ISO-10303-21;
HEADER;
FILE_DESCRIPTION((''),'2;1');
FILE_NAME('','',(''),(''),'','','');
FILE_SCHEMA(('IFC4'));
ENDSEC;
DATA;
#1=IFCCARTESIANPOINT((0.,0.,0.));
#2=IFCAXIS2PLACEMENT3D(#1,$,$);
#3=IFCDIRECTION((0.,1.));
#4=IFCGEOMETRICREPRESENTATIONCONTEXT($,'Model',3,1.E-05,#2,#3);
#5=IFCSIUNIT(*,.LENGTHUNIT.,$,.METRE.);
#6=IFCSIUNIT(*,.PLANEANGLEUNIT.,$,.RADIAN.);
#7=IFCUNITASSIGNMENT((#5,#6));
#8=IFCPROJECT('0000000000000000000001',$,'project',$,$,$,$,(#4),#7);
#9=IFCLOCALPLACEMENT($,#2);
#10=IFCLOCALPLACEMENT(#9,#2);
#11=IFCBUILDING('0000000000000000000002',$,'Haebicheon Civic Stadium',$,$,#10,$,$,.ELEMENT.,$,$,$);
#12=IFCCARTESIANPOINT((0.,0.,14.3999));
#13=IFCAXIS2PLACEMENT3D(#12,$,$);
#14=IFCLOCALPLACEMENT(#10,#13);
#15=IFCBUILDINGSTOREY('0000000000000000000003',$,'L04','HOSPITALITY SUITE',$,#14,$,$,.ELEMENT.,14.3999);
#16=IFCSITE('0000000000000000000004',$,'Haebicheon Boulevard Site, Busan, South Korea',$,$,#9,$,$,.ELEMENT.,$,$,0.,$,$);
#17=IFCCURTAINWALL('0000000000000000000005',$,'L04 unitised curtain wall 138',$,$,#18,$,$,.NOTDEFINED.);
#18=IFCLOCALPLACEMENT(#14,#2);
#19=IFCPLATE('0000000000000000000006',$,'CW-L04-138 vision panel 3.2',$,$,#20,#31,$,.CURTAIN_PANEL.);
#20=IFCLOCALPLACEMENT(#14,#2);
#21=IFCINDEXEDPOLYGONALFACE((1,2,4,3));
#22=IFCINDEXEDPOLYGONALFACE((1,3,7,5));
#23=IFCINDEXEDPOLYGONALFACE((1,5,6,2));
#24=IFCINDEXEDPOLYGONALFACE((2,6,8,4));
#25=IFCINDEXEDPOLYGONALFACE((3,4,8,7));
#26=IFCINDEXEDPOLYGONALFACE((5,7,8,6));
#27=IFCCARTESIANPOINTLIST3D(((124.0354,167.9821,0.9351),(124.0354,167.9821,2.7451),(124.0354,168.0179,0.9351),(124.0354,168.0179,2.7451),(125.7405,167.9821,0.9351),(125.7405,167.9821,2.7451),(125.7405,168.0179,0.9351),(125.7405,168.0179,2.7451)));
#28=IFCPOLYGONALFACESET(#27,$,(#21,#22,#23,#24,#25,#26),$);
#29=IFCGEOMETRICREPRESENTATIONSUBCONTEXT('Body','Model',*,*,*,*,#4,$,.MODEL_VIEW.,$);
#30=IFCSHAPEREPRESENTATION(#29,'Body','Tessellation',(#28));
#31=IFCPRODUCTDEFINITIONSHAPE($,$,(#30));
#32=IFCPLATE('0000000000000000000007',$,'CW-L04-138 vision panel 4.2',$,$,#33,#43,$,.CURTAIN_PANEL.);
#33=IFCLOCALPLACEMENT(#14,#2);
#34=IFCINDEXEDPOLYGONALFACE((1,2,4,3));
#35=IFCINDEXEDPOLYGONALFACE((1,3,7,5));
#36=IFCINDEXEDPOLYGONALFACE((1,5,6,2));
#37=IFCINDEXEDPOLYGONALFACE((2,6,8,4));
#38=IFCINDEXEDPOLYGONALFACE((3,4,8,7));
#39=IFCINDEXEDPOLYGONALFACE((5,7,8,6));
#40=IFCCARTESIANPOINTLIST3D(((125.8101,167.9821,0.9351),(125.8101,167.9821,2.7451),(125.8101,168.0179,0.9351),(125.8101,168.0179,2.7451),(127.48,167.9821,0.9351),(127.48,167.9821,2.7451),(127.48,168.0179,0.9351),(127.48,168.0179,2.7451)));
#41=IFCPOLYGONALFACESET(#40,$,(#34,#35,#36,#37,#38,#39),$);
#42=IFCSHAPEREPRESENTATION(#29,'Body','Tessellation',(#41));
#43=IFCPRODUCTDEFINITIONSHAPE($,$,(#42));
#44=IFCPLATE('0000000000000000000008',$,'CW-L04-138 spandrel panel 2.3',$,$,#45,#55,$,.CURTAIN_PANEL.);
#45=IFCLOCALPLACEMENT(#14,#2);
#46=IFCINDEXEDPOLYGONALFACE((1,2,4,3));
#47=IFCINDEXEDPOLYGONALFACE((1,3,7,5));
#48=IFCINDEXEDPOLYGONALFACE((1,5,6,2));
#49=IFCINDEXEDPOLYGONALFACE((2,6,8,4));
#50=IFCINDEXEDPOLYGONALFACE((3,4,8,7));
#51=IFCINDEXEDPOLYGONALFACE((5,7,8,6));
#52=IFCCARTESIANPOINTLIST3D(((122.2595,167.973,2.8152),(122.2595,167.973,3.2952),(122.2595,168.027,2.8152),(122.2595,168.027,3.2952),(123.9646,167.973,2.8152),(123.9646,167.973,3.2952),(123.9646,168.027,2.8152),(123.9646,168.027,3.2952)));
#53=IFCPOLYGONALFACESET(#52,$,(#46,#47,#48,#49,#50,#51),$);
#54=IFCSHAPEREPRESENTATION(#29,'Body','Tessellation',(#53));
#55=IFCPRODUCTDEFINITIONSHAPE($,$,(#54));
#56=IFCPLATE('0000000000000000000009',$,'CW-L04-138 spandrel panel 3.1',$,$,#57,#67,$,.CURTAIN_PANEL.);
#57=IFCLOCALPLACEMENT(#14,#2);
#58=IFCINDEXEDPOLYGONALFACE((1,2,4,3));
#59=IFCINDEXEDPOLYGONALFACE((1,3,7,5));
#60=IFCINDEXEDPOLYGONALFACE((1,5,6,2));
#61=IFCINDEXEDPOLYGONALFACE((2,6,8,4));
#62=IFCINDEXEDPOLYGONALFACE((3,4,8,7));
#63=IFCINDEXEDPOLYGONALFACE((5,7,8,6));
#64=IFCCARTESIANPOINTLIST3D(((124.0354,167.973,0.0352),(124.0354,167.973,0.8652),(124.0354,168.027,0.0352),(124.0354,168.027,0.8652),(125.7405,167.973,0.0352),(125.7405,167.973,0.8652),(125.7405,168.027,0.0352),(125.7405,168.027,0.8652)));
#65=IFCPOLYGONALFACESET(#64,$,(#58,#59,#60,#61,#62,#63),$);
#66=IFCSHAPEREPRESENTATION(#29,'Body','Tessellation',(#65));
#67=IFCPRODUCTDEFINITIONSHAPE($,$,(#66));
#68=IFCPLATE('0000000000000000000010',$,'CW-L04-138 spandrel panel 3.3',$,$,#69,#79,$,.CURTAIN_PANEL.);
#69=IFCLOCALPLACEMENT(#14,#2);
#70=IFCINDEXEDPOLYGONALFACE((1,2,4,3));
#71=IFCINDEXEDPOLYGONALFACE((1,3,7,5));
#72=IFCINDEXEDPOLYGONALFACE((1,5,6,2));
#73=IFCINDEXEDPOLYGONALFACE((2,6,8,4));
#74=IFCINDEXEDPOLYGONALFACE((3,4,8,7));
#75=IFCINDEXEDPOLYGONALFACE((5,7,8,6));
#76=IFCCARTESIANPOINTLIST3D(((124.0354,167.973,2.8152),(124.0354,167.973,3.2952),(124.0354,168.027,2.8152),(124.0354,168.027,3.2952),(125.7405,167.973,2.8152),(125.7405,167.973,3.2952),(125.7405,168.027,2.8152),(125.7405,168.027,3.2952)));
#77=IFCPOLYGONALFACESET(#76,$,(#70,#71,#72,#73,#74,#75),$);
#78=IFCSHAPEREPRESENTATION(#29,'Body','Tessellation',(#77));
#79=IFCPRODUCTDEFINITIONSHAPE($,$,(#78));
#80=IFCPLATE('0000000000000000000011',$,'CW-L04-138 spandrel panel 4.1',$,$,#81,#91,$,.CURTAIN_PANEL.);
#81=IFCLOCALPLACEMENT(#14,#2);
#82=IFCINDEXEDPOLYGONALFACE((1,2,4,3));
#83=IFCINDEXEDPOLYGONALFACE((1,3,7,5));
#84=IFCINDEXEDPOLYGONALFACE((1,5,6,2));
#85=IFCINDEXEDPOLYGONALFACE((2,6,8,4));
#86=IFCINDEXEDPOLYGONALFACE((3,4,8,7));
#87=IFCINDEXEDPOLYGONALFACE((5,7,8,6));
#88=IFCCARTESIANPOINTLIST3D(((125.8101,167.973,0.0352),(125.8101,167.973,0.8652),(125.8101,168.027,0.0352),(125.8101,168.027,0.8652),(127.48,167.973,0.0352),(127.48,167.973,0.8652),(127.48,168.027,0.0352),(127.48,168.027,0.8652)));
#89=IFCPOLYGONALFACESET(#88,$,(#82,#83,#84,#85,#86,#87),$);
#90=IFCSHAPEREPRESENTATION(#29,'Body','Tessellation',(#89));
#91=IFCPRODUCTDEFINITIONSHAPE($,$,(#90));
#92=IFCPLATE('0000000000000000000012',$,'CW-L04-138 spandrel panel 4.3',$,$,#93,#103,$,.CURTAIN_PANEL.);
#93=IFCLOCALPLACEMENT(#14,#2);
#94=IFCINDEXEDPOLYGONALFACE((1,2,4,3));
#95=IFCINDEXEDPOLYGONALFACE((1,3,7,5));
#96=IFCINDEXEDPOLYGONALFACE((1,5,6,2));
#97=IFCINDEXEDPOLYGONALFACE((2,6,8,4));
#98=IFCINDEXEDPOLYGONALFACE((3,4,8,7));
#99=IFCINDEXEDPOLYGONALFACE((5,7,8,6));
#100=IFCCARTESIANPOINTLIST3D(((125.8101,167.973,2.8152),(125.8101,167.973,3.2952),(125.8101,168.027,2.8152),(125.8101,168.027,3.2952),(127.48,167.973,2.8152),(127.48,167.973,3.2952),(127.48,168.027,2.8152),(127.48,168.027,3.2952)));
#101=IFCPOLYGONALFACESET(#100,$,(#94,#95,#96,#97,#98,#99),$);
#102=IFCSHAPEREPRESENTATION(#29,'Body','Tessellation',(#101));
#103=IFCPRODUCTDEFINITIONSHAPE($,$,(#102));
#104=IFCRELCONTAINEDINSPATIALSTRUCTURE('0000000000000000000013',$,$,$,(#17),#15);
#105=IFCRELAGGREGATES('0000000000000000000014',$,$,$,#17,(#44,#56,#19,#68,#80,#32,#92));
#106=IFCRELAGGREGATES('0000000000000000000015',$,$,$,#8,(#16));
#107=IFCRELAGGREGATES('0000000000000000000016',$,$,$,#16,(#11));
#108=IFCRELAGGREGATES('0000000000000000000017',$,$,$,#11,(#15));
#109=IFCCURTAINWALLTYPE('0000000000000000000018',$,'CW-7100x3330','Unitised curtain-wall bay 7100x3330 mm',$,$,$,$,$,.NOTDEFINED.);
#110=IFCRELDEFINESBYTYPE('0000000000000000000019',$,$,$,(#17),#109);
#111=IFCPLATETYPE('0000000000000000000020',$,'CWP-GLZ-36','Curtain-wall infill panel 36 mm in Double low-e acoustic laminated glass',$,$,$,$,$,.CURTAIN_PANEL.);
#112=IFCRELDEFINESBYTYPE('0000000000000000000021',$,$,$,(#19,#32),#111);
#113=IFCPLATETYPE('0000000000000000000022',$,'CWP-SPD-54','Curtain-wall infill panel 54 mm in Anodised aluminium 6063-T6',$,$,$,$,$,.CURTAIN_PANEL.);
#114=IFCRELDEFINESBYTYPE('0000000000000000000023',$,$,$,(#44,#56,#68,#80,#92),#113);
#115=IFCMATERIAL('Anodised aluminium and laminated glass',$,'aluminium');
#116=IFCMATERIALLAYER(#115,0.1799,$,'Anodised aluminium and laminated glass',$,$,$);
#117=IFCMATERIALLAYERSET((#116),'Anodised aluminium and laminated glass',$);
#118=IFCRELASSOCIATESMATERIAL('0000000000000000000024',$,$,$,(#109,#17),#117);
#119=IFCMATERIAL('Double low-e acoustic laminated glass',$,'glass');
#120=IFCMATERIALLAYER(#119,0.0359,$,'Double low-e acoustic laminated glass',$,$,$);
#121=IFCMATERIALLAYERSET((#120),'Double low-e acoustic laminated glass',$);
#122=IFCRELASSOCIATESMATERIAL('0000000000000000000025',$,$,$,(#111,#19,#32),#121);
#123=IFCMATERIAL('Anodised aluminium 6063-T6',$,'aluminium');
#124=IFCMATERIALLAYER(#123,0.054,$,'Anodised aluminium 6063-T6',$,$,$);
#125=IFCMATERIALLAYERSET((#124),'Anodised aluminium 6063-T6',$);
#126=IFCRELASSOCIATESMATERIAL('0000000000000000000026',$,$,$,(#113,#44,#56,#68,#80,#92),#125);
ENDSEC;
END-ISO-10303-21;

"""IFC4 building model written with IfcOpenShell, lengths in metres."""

from ifc_helpers import new_model, si_unit, direction, frame, origin, origin_2d, place, context, subcontext, project, spatial, rectangle, extrude, material, layer, layer_set, type_object, element, aggregate, save


model = new_model("IFC4")

# Units and contexts
model_context = context("Model", 3, precision=1e-05, world=origin(), true_north=direction((0.0, 1.0)))
body_context = subcontext(model_context, "Body", "Model", "MODEL_VIEW")
ifc_project = project(units=[si_unit("LENGTHUNIT", "METRE"), si_unit("PLANEANGLEUNIT", "RADIAN")], contexts=[model_context])

# Site, building, storey
site_placement = place(None, origin())
site = spatial("IfcSite", under=ifc_project, at=site_placement, Name="Haebicheon Boulevard Site, Busan, South Korea", CompositionType="ELEMENT", RefElevation=0.0)
building_placement = place(site_placement, origin())
building = spatial("IfcBuilding", under=site, at=building_placement, Name="Haebicheon Civic Stadium", CompositionType="ELEMENT")
storey_placement = place(building_placement, frame((0.0, 0.0, 14.3999)))
storey = spatial("IfcBuildingStorey", under=building, at=storey_placement, Name="L04", Description="HOSPITALITY SUITE", CompositionType="ELEMENT", Elevation=14.3999)

# Curtain wall
ifc_material_1 = material(Name="Anodised aluminium and laminated glass", Category="aluminium")
ifc_layer_1 = layer(ifc_material_1, 0.1799, Name="Anodised aluminium and laminated glass")
ifc_layer_set_1 = layer_set([ifc_layer_1], Name="Anodised aluminium and laminated glass")
curtain_wall_type = type_object("IfcCurtainWallType", Name="CW-7100x3330", Description="Unitised curtain-wall bay 7100x3330 mm", PredefinedType="NOTDEFINED", material=ifc_layer_set_1)
curtain_wall_placement = place(storey_placement, origin())
curtain_wall = element("IfcCurtainWall", 1, at=curtain_wall_placement, inside=storey, type_object=curtain_wall_type, material=ifc_layer_set_1, Name="L04 unitised curtain wall 138", PredefinedType="NOTDEFINED")

# Plates
ifc_material_2 = material(Name="Double low-e acoustic laminated glass", Category="glass")
ifc_layer_2 = layer(ifc_material_2, 0.0359, Name="Double low-e acoustic laminated glass")
ifc_layer_set_2 = layer_set([ifc_layer_2], Name="Double low-e acoustic laminated glass")
plate_type_1 = type_object("IfcPlateType", Name="CWP-GLZ-36", Description="Curtain-wall infill panel 36 mm in Double low-e acoustic laminated glass", PredefinedType="CURTAIN_PANEL", material=ifc_layer_set_2)
plate_1_placement = place(storey_placement, frame((124.8879, 168.0, 0.9351), z_axis=(0.0, 0.0, 1.0), x_axis=(1.0, 0.0, 0.0)))
plate_1 = element("IfcPlate", 2, at=plate_1_placement, type_object=plate_type_1, material=ifc_layer_set_2, Name="CW-L04-138 vision panel 3.2", PredefinedType="CURTAIN_PANEL", context=body_context, shape_type="SweptSolid", body=[
    extrude(rectangle(XDim=1.7051, YDim=0.0359, at=origin_2d()), origin(), (0.0, 0.0, 1.0), 1.8101),
])
plate_2_placement = place(storey_placement, frame((126.645, 168.0, 0.9351), z_axis=(0.0, 0.0, 1.0), x_axis=(1.0, 0.0, 0.0)))
plate_2 = element("IfcPlate", 3, at=plate_2_placement, type_object=plate_type_1, material=ifc_layer_set_2, Name="CW-L04-138 vision panel 4.2", PredefinedType="CURTAIN_PANEL", context=body_context, shape_type="SweptSolid", body=[
    extrude(rectangle(XDim=1.6699, YDim=0.0359, at=origin_2d()), origin(), (0.0, 0.0, 1.0), 1.8101),
])
ifc_material_3 = material(Name="Anodised aluminium 6063-T6", Category="aluminium")
ifc_layer_3 = layer(ifc_material_3, 0.054, Name="Anodised aluminium 6063-T6")
ifc_layer_set_3 = layer_set([ifc_layer_3], Name="Anodised aluminium 6063-T6")
plate_type_2 = type_object("IfcPlateType", Name="CWP-SPD-54", Description="Curtain-wall infill panel 54 mm in Anodised aluminium 6063-T6", PredefinedType="CURTAIN_PANEL", material=ifc_layer_set_3)
plate_3_placement = place(storey_placement, frame((123.1121, 168.0, 2.8152), z_axis=(0.0, 0.0, 1.0), x_axis=(1.0, 0.0, 0.0)))
plate_3 = element("IfcPlate", 4, at=plate_3_placement, type_object=plate_type_2, material=ifc_layer_set_3, Name="CW-L04-138 spandrel panel 2.3", PredefinedType="CURTAIN_PANEL", context=body_context, shape_type="SweptSolid", body=[
    extrude(rectangle(XDim=1.7051, YDim=0.054, at=origin_2d()), origin(), (0.0, 0.0, 1.0), 0.48),
])
plate_4_placement = place(storey_placement, frame((124.8879, 168.0, 0.0352), z_axis=(0.0, 0.0, 1.0), x_axis=(1.0, 0.0, 0.0)))
plate_4 = element("IfcPlate", 5, at=plate_4_placement, type_object=plate_type_2, material=ifc_layer_set_3, Name="CW-L04-138 spandrel panel 3.1", PredefinedType="CURTAIN_PANEL", context=body_context, shape_type="SweptSolid", body=[
    extrude(rectangle(XDim=1.7051, YDim=0.054, at=origin_2d()), origin(), (0.0, 0.0, 1.0), 0.8301),
])
plate_5_placement = place(storey_placement, frame((124.8879, 168.0, 2.8152), z_axis=(0.0, 0.0, 1.0), x_axis=(1.0, 0.0, 0.0)))
plate_5 = element("IfcPlate", 6, at=plate_5_placement, type_object=plate_type_2, material=ifc_layer_set_3, Name="CW-L04-138 spandrel panel 3.3", PredefinedType="CURTAIN_PANEL", context=body_context, shape_type="SweptSolid", body=[
    extrude(rectangle(XDim=1.7051, YDim=0.054, at=origin_2d()), origin(), (0.0, 0.0, 1.0), 0.48),
])
plate_6_placement = place(storey_placement, frame((126.645, 168.0, 0.0352), z_axis=(0.0, 0.0, 1.0), x_axis=(1.0, 0.0, 0.0)))
plate_6 = element("IfcPlate", 7, at=plate_6_placement, type_object=plate_type_2, material=ifc_layer_set_3, Name="CW-L04-138 spandrel panel 4.1", PredefinedType="CURTAIN_PANEL", context=body_context, shape_type="SweptSolid", body=[
    extrude(rectangle(XDim=1.6699, YDim=0.054, at=origin_2d()), origin(), (0.0, 0.0, 1.0), 0.8301),
])
plate_7_placement = place(storey_placement, frame((126.645, 168.0, 2.8152), z_axis=(0.0, 0.0, 1.0), x_axis=(1.0, 0.0, 0.0)))
plate_7 = element("IfcPlate", 8, at=plate_7_placement, type_object=plate_type_2, material=ifc_layer_set_3, Name="CW-L04-138 spandrel panel 4.3", PredefinedType="CURTAIN_PANEL", context=body_context, shape_type="SweptSolid", body=[
    extrude(rectangle(XDim=1.6699, YDim=0.054, at=origin_2d()), origin(), (0.0, 0.0, 1.0), 0.48),
])
aggregate(curtain_wall, [plate_3, plate_4, plate_1, plate_5, plate_6, plate_2, plate_7])

save(model, "model.ifc")
